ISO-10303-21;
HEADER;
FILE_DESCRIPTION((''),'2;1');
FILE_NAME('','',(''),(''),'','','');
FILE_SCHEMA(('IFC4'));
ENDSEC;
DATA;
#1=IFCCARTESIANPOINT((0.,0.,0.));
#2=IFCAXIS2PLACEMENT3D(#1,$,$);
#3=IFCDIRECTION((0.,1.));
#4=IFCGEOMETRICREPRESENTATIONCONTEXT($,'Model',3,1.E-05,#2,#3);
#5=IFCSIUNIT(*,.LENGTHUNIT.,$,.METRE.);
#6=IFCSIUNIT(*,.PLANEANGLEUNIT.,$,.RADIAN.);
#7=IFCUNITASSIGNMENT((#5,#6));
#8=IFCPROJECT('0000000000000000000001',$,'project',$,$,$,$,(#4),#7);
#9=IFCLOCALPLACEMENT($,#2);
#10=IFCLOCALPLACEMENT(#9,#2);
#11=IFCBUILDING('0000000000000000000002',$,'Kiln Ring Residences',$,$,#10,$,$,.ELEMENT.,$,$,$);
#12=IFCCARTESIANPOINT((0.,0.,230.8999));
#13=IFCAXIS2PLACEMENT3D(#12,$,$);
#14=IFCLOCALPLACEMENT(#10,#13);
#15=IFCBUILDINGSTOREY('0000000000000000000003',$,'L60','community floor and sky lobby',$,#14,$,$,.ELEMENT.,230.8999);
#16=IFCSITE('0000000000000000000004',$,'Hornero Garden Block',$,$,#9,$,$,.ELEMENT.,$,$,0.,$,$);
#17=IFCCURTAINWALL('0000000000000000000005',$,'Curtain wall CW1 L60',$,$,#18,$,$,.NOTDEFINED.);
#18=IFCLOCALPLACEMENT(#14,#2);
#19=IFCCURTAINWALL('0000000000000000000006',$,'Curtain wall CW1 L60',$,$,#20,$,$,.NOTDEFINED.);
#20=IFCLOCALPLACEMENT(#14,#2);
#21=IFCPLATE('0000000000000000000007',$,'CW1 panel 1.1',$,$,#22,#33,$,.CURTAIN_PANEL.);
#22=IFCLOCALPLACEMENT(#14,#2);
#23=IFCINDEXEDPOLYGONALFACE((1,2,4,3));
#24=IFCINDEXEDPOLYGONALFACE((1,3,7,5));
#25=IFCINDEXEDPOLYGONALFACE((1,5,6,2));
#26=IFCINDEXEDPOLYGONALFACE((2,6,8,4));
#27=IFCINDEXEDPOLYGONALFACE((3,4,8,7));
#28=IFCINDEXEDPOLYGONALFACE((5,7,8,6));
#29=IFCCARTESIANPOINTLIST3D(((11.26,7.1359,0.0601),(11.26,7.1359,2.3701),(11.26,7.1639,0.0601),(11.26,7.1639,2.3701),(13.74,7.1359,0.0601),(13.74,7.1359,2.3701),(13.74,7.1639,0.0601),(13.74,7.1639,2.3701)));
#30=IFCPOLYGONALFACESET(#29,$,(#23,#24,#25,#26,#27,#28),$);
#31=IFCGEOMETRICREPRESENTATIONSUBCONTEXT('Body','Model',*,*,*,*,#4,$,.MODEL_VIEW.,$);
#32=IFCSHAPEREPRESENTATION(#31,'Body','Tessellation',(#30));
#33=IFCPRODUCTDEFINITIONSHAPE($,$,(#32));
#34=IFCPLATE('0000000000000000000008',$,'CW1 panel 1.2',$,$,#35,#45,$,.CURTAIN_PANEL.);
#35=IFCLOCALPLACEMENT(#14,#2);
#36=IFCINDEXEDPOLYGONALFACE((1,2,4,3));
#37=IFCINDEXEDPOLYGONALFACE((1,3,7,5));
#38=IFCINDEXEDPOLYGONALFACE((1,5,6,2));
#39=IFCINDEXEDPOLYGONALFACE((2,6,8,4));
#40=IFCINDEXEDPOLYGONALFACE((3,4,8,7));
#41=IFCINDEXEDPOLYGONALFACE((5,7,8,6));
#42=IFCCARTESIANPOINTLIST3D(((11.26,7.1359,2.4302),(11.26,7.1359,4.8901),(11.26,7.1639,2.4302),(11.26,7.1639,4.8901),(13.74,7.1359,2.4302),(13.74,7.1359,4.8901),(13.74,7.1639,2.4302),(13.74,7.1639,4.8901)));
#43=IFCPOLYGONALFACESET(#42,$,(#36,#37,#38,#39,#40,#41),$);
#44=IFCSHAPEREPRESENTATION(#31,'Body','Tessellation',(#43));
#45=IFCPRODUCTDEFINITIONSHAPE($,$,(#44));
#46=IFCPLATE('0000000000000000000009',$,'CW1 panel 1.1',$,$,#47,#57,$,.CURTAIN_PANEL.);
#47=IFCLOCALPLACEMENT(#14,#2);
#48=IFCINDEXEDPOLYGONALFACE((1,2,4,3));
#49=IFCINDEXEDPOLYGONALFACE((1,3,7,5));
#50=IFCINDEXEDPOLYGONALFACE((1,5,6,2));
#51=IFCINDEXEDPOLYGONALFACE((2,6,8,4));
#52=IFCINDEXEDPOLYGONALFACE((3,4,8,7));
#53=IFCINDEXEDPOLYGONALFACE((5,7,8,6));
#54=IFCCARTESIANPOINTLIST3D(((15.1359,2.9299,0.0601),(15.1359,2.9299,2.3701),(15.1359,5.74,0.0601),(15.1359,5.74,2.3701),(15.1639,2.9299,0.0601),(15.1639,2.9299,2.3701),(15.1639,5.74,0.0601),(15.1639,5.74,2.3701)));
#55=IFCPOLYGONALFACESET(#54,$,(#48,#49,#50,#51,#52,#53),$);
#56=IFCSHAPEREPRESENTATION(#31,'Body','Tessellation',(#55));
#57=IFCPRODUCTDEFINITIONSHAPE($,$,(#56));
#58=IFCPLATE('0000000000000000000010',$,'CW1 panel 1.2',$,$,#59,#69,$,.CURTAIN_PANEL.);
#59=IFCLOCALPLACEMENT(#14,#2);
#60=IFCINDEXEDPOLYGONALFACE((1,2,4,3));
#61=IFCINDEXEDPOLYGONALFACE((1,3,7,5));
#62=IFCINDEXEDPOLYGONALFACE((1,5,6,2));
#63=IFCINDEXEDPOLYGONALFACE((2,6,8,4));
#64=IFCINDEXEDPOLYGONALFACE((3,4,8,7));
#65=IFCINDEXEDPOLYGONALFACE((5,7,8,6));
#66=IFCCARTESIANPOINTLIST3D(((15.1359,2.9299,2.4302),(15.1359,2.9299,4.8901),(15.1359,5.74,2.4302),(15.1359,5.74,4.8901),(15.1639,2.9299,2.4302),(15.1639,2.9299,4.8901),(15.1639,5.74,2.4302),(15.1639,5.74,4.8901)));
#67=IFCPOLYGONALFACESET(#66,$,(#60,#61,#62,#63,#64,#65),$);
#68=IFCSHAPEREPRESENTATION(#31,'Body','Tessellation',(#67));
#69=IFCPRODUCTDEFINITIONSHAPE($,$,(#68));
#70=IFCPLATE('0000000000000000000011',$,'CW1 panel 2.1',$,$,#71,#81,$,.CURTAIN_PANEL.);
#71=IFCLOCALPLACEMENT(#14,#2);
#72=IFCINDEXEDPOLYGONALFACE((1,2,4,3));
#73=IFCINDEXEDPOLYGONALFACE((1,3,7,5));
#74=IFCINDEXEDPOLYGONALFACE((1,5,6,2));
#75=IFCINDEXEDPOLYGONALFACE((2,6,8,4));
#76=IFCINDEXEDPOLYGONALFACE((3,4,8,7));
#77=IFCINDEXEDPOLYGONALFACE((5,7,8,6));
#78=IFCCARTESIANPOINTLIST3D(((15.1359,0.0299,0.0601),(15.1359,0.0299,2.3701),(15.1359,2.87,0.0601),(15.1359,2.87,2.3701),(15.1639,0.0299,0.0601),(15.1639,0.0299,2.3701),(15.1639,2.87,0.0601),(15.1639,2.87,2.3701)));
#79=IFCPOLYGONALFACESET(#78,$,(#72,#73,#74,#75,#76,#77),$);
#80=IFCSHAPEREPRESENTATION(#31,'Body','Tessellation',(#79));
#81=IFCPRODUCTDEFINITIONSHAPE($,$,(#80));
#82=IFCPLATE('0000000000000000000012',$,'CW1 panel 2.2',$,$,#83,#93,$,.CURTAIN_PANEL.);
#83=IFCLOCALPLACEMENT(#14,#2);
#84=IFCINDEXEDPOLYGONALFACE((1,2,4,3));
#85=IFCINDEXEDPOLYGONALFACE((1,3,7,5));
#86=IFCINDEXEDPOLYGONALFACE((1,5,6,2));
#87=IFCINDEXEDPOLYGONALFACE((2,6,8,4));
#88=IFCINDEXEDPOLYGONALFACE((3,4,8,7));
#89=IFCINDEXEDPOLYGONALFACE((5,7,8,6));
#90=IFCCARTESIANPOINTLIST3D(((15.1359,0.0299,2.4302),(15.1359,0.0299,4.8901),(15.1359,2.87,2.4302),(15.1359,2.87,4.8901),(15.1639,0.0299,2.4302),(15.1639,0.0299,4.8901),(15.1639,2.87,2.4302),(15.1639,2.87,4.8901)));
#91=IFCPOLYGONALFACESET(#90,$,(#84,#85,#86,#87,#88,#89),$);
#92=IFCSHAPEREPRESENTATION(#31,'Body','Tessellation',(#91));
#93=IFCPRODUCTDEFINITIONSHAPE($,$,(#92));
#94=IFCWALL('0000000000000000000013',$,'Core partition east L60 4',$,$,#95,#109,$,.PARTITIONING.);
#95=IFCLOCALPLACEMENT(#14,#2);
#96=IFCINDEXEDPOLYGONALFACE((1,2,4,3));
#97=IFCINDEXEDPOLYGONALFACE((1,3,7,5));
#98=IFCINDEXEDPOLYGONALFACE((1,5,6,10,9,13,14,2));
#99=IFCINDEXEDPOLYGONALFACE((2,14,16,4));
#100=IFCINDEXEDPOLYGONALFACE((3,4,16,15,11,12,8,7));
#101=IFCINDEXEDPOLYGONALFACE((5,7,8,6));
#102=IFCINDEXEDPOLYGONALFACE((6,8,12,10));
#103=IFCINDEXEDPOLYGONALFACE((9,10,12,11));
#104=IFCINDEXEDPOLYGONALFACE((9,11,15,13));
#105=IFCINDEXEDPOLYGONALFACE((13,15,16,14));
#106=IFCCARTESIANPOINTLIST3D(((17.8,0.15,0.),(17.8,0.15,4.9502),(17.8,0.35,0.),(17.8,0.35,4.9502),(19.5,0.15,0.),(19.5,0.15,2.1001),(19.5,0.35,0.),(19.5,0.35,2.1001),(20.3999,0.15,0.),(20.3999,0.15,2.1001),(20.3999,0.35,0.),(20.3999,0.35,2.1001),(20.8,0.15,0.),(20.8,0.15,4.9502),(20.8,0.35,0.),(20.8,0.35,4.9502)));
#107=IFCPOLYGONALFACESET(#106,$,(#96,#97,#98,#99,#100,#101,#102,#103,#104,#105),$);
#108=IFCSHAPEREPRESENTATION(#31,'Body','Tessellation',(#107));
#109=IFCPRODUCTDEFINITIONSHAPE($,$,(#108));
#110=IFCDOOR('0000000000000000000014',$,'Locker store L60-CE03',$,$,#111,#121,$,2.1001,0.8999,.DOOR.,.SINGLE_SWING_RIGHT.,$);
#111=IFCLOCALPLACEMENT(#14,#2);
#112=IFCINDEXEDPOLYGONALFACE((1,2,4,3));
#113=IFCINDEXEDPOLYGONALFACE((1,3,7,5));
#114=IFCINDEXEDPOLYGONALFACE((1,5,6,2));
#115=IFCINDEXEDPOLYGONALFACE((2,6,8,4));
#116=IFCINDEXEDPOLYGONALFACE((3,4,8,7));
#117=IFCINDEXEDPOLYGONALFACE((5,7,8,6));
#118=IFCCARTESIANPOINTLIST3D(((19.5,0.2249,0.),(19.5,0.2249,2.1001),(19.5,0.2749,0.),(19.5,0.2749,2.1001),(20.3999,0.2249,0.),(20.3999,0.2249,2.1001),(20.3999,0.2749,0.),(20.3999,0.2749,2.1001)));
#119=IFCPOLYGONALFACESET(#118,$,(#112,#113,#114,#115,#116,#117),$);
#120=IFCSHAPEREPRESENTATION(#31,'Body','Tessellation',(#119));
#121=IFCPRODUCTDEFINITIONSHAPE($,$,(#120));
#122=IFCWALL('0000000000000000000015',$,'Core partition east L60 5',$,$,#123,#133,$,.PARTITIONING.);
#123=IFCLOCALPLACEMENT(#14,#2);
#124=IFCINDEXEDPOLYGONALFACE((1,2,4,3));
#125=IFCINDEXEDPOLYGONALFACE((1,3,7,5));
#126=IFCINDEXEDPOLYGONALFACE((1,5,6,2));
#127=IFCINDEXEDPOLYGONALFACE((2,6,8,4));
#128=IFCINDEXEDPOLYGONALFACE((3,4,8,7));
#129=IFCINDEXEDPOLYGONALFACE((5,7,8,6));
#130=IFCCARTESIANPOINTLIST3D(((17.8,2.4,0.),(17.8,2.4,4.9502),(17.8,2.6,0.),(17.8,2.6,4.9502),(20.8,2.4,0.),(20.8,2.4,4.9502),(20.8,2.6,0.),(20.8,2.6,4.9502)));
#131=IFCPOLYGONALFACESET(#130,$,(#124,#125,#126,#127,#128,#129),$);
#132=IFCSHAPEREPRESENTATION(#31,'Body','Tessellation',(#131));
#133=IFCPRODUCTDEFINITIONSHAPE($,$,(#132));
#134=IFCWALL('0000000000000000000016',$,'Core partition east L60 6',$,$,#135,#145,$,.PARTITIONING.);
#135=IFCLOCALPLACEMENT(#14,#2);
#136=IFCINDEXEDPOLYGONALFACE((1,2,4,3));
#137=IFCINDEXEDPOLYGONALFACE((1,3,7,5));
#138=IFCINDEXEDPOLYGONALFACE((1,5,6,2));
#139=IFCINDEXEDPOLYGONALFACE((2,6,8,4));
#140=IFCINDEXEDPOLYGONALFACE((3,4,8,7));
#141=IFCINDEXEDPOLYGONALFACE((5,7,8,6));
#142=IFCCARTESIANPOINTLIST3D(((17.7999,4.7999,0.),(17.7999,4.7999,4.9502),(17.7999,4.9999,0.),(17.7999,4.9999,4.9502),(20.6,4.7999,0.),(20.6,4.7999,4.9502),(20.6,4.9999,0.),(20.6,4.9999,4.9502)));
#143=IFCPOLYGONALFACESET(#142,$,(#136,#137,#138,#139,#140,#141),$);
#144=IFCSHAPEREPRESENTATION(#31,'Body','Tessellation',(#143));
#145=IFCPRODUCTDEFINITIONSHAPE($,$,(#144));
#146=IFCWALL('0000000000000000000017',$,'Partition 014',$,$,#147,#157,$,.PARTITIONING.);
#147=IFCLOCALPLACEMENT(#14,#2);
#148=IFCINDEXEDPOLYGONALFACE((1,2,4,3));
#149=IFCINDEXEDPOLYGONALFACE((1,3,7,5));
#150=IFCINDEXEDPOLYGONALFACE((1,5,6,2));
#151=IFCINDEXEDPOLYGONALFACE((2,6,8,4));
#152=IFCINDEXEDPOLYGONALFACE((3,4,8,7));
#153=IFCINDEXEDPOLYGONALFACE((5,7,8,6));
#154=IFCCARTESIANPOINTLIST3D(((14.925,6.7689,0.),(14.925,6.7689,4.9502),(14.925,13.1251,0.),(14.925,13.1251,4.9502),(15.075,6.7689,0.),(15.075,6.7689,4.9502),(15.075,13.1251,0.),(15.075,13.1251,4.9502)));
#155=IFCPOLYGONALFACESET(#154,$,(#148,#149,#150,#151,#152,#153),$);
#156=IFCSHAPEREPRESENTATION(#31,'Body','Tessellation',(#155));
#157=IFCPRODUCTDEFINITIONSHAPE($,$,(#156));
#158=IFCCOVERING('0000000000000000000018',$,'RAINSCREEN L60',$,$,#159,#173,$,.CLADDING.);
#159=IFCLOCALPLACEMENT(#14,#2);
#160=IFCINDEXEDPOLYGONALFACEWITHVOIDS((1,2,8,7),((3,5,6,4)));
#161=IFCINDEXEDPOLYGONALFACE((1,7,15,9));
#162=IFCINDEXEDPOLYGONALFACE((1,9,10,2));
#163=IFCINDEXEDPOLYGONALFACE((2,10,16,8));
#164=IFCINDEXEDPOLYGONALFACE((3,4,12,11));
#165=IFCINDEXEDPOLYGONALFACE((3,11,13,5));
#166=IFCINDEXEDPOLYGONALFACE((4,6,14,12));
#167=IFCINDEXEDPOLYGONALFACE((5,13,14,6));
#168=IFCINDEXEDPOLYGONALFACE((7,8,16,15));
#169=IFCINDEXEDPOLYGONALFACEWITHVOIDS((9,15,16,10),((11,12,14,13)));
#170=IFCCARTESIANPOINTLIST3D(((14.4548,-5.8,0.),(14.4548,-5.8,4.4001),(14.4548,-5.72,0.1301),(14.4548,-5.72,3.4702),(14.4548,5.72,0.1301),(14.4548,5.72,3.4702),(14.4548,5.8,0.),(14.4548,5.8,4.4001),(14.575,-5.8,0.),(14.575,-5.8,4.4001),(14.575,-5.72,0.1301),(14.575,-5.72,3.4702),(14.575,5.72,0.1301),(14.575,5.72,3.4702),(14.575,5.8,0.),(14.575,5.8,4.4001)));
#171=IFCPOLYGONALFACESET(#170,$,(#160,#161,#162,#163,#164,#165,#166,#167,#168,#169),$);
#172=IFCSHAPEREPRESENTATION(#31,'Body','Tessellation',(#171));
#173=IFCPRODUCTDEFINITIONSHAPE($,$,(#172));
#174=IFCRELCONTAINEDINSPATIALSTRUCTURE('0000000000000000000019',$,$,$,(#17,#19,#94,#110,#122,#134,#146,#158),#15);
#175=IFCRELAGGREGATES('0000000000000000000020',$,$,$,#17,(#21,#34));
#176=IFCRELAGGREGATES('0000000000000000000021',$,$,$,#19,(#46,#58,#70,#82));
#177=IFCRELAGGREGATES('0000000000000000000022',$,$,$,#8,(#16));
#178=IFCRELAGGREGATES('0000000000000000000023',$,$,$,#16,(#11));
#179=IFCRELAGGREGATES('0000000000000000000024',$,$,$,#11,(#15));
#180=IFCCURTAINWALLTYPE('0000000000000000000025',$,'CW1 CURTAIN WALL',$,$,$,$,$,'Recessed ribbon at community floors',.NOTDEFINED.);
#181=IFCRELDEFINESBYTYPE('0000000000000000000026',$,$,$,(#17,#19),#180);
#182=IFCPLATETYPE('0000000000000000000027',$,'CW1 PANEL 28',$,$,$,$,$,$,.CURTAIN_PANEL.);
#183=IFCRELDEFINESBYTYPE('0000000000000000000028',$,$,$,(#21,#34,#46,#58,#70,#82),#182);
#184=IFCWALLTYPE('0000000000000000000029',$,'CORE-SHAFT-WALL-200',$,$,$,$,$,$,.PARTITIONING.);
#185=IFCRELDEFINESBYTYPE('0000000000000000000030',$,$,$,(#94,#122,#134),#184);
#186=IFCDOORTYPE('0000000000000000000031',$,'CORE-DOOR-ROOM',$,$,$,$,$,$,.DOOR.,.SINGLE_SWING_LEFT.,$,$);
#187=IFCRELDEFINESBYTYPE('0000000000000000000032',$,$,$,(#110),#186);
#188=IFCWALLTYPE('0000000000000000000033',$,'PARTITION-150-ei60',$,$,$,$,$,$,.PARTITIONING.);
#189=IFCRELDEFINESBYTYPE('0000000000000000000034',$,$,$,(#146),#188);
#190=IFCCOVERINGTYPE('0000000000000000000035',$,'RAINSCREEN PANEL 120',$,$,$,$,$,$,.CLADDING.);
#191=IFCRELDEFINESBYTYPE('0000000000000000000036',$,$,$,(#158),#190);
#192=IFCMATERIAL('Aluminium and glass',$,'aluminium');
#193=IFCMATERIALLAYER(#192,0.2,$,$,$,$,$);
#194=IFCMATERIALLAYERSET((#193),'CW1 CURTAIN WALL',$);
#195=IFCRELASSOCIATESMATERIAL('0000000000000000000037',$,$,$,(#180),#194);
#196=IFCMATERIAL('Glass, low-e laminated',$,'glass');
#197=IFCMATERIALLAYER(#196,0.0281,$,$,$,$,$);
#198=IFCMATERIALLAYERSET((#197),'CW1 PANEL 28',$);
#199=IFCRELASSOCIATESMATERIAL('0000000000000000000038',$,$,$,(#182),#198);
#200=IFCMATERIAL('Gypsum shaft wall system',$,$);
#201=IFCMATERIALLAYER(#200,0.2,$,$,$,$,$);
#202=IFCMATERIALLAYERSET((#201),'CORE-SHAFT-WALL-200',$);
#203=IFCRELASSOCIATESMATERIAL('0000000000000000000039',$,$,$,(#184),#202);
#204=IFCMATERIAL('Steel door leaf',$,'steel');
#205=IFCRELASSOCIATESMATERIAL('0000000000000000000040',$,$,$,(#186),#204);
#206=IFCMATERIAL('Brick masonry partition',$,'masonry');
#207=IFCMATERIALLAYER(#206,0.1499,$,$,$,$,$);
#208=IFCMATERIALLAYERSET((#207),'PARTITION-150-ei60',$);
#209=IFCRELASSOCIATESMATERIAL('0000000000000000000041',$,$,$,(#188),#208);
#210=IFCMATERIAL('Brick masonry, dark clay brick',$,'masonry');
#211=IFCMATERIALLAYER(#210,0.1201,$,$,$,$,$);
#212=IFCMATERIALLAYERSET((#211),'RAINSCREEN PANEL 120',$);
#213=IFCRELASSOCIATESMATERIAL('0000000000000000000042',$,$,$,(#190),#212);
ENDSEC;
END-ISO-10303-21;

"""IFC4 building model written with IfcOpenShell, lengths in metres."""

from ifc_helpers import new_model, si_unit, direction, frame, frame_2d, origin, origin_2d, place, context, subcontext, project, spatial, polyline, rectangle, outline, extrude, material, layer, layer_set, type_object, element, fill, aggregate, save


model = new_model("IFC4")

# Units and contexts
model_context = context("Model", 3, precision=1e-05, world=origin(), true_north=direction((0.0, 1.0)))
body_context = subcontext(model_context, "Body", "Model", "MODEL_VIEW")
ifc_project = project(units=[si_unit("LENGTHUNIT", "METRE"), si_unit("PLANEANGLEUNIT", "RADIAN")], contexts=[model_context])

# Site, building, storey
site_placement = place(None, origin())
site = spatial("IfcSite", under=ifc_project, at=site_placement, Name="Hornero Garden Block", CompositionType="ELEMENT", RefElevation=0.0)
building_placement = place(site_placement, origin())
building = spatial("IfcBuilding", under=site, at=building_placement, Name="Kiln Ring Residences", CompositionType="ELEMENT")
storey_placement = place(building_placement, frame((0.0, 0.0, 230.8999)))
storey = spatial("IfcBuildingStorey", under=building, at=storey_placement, Name="L60", Description="community floor and sky lobby", CompositionType="ELEMENT", Elevation=230.8999)

# Curtain wall
ifc_material_1 = material(Name="Aluminium and glass", Category="aluminium")
ifc_layer_1 = layer(ifc_material_1, 0.2)
ifc_layer_set_1 = layer_set([ifc_layer_1], Name="CW1 CURTAIN WALL")
curtain_wall_type = type_object("IfcCurtainWallType", Name="CW1 CURTAIN WALL", ElementType="Recessed ribbon at community floors", PredefinedType="NOTDEFINED", material=ifc_layer_set_1)
placement = place(storey_placement, origin())
curtain_wall_1 = element("IfcCurtainWall", 1, at=placement, inside=storey, type_object=curtain_wall_type, Name="Curtain wall CW1 L60", PredefinedType="NOTDEFINED")

# Curtain wall
curtain_wall_2 = element("IfcCurtainWall", 2, at=placement, inside=storey, type_object=curtain_wall_type, Name="Curtain wall CW1 L60", PredefinedType="NOTDEFINED")

# Plates
ifc_material_2 = material(Name="Glass, low-e laminated", Category="glass")
ifc_layer_2 = layer(ifc_material_2, 0.0281)
ifc_layer_set_2 = layer_set([ifc_layer_2], Name="CW1 PANEL 28")
plate_type = type_object("IfcPlateType", Name="CW1 PANEL 28", PredefinedType="CURTAIN_PANEL", material=ifc_layer_set_2)
plate_1_placement = place(storey_placement, frame((12.5, 7.1499, 0.0601), z_axis=(0.0, 0.0, 1.0), x_axis=(1.0, 0.0, 0.0)))
plate_1 = element("IfcPlate", 3, at=plate_1_placement, type_object=plate_type, Name="CW1 panel 1.1", PredefinedType="CURTAIN_PANEL", context=body_context, shape_type="SweptSolid", body=[
    extrude(rectangle(XDim=2.48, YDim=0.0281, at=origin_2d()), origin(), (0.0, 0.0, 1.0), 2.3101),
])
plate_2_placement = place(storey_placement, frame((12.5, 7.1499, 2.4302), z_axis=(0.0, 0.0, 1.0), x_axis=(1.0, 0.0, 0.0)))
plate_2 = element("IfcPlate", 4, at=plate_2_placement, type_object=plate_type, Name="CW1 panel 1.2", PredefinedType="CURTAIN_PANEL", context=body_context, shape_type="SweptSolid", body=[
    extrude(rectangle(XDim=2.48, YDim=0.0281, at=origin_2d()), origin(), (0.0, 0.0, 1.0), 2.46),
])
aggregate(curtain_wall_1, [plate_1, plate_2])
plate_3_placement = place(storey_placement, frame((15.1499, 4.335, 0.0601), z_axis=(0.0, 0.0, 1.0), x_axis=(0.0, -1.0, 0.0)))
plate_3 = element("IfcPlate", 5, at=plate_3_placement, type_object=plate_type, Name="CW1 panel 1.1", PredefinedType="CURTAIN_PANEL", context=body_context, shape_type="SweptSolid", body=[
    extrude(rectangle(XDim=2.8101, YDim=0.0281, at=origin_2d()), origin(), (0.0, 0.0, 1.0), 2.3101),
])
plate_4_placement = place(storey_placement, frame((15.1499, 4.335, 2.4302), z_axis=(0.0, 0.0, 1.0), x_axis=(0.0, -1.0, 0.0)))
plate_4 = element("IfcPlate", 6, at=plate_4_placement, type_object=plate_type, Name="CW1 panel 1.2", PredefinedType="CURTAIN_PANEL", context=body_context, shape_type="SweptSolid", body=[
    extrude(rectangle(XDim=2.8101, YDim=0.0281, at=origin_2d()), origin(), (0.0, 0.0, 1.0), 2.46),
])
plate_5_placement = place(storey_placement, frame((15.1499, 1.45, 0.0601), z_axis=(0.0, 0.0, 1.0), x_axis=(0.0, -1.0, 0.0)))
plate_5 = element("IfcPlate", 7, at=plate_5_placement, type_object=plate_type, Name="CW1 panel 2.1", PredefinedType="CURTAIN_PANEL", context=body_context, shape_type="SweptSolid", body=[
    extrude(rectangle(XDim=2.8401, YDim=0.0281, at=origin_2d()), origin(), (0.0, 0.0, 1.0), 2.3101),
])
plate_6_placement = place(storey_placement, frame((15.1499, 1.45, 2.4302), z_axis=(0.0, 0.0, 1.0), x_axis=(0.0, -1.0, 0.0)))
plate_6 = element("IfcPlate", 8, at=plate_6_placement, type_object=plate_type, Name="CW1 panel 2.2", PredefinedType="CURTAIN_PANEL", context=body_context, shape_type="SweptSolid", body=[
    extrude(rectangle(XDim=2.8401, YDim=0.0281, at=origin_2d()), origin(), (0.0, 0.0, 1.0), 2.46),
])
aggregate(curtain_wall_2, [plate_3, plate_4, plate_5, plate_6])

# Wall, opening, door
ifc_material_3 = material(Name="Gypsum shaft wall system")
ifc_layer_3 = layer(ifc_material_3, 0.2)
ifc_layer_set_3 = layer_set([ifc_layer_3], Name="CORE-SHAFT-WALL-200")
wall_type_1 = type_object("IfcWallType", Name="CORE-SHAFT-WALL-200", PredefinedType="PARTITIONING", material=ifc_layer_set_3)
wall_1_placement = place(storey_placement, frame((17.8, 0.25, 0.0), z_axis=(0.0, 0.0, 1.0), x_axis=(1.0, 0.0, 0.0)))
wall_1 = element("IfcWall", 9, at=wall_1_placement, inside=storey, type_object=wall_type_1, Name="Core partition east L60 4", PredefinedType="PARTITIONING", context=body_context, shape_type="SweptSolid", body=[
    extrude(rectangle(XDim=3.0, YDim=0.2, at=frame_2d((1.5, 0.0))), origin(), (0.0, 0.0, 1.0), 4.9502),
])
opening_placement = place(wall_1_placement, frame((1.7, 0.0, 0.0)))
opening = element("IfcOpeningElement", 10, at=opening_placement, cuts=wall_1, PredefinedType="OPENING", context=body_context, shape_type="SweptSolid", body=[
    extrude(rectangle(XDim=0.8999, YDim=2.1001, at=frame_2d((0.45, 1.05))), frame((0.0, 0.1099, 0.0), z_axis=(0.0, -1.0, 0.0), x_axis=(1.0, 0.0, 0.0)), (0.0, 0.0, 1.0), 0.22),
])
ifc_material_4 = material(Name="Steel door leaf", Category="steel")
door_type = type_object("IfcDoorType", Name="CORE-DOOR-ROOM", OperationType="SINGLE_SWING_LEFT", PredefinedType="DOOR", material=ifc_material_4)
door_placement = place(opening_placement, origin())
door = element("IfcDoor", 11, at=door_placement, inside=storey, type_object=door_type, Name="Locker store L60-CE03", OperationType="SINGLE_SWING_RIGHT", OverallHeight=2.1001, OverallWidth=0.8999, PredefinedType="DOOR", context=body_context, shape_type="SweptSolid", body=[
    extrude(rectangle(XDim=0.8999, YDim=2.1001, at=frame_2d((0.45, 1.05))), frame((0.0, 0.0249, 0.0), z_axis=(0.0, -1.0, 0.0), x_axis=(1.0, 0.0, 0.0)), (0.0, 0.0, 1.0), 0.05),
])
fill(opening, door)

# Walls
wall_2_placement = place(storey_placement, frame((17.8, 2.5, 0.0), z_axis=(0.0, 0.0, 1.0), x_axis=(1.0, 0.0, 0.0)))
element("IfcWall", 12, at=wall_2_placement, inside=storey, type_object=wall_type_1, Name="Core partition east L60 5", PredefinedType="PARTITIONING", context=body_context, shape_type="SweptSolid", body=[
    extrude(rectangle(XDim=3.0, YDim=0.2, at=frame_2d((1.5, 0.0))), origin(), (0.0, 0.0, 1.0), 4.9502),
])
wall_3_placement = place(storey_placement, frame((17.8, 4.8999, 0.0), z_axis=(0.0, 0.0, 1.0), x_axis=(1.0, 0.0, 0.0)))
element("IfcWall", 13, at=wall_3_placement, inside=storey, type_object=wall_type_1, Name="Core partition east L60 6", PredefinedType="PARTITIONING", context=body_context, shape_type="SweptSolid", body=[
    extrude(rectangle(XDim=2.8, YDim=0.2, at=frame_2d((1.3999, 0.0))), origin(), (0.0, 0.0, 1.0), 4.9502),
])
ifc_material_5 = material(Name="Brick masonry partition", Category="masonry")
ifc_layer_4 = layer(ifc_material_5, 0.1499)
ifc_layer_set_4 = layer_set([ifc_layer_4], Name="PARTITION-150-ei60")
wall_type_2 = type_object("IfcWallType", Name="PARTITION-150-ei60", PredefinedType="PARTITIONING", material=ifc_layer_set_4)
wall_4_placement = place(storey_placement, frame((15.0, 6.7688, 0.0), z_axis=(0.0, 0.0, 1.0), x_axis=(0.0, 1.0, 0.0)))
element("IfcWall", 14, at=wall_4_placement, inside=storey, type_object=wall_type_2, Name="Partition 014", PredefinedType="PARTITIONING", context=body_context, shape_type="SweptSolid", body=[
    extrude(rectangle(XDim=6.3562, YDim=0.1499, at=frame_2d((3.1782, 0.0))), origin(), (0.0, 0.0, 1.0), 4.9502),
])

# Covering
ifc_material_6 = material(Name="Brick masonry, dark clay brick", Category="masonry")
ifc_layer_5 = layer(ifc_material_6, 0.1201)
ifc_layer_set_5 = layer_set([ifc_layer_5], Name="RAINSCREEN PANEL 120")
covering_type = type_object("IfcCoveringType", Name="RAINSCREEN PANEL 120", PredefinedType="CLADDING", material=ifc_layer_set_5)
covering_placement = place(storey_placement, frame((14.5149, 5.8, 0.0), z_axis=(0.0, 0.0, 1.0), x_axis=(0.0, -1.0, 0.0)))
element("IfcCovering", 15, at=covering_placement, inside=storey, type_object=covering_type, Name="RAINSCREEN L60", PredefinedType="CLADDING", context=body_context, shape_type="SweptSolid", body=[
    extrude(outline(polyline([(0.0, 0.0), (11.6001, 0.0), (11.6001, 4.4001), (0.0, 4.4001), (0.0, 0.0)]), holes=[polyline([(0.0801, 3.4702), (0.0801, 0.1301), (11.52, 0.1301), (11.52, 3.4702), (0.0801, 3.4702)])]), frame((0.0, 0.0601, 0.0), z_axis=(0.0, -1.0, 0.0), x_axis=(1.0, 0.0, 0.0)), (0.0, 0.0, 1.0), 0.1201),
])

save(model, "model.ifc")
